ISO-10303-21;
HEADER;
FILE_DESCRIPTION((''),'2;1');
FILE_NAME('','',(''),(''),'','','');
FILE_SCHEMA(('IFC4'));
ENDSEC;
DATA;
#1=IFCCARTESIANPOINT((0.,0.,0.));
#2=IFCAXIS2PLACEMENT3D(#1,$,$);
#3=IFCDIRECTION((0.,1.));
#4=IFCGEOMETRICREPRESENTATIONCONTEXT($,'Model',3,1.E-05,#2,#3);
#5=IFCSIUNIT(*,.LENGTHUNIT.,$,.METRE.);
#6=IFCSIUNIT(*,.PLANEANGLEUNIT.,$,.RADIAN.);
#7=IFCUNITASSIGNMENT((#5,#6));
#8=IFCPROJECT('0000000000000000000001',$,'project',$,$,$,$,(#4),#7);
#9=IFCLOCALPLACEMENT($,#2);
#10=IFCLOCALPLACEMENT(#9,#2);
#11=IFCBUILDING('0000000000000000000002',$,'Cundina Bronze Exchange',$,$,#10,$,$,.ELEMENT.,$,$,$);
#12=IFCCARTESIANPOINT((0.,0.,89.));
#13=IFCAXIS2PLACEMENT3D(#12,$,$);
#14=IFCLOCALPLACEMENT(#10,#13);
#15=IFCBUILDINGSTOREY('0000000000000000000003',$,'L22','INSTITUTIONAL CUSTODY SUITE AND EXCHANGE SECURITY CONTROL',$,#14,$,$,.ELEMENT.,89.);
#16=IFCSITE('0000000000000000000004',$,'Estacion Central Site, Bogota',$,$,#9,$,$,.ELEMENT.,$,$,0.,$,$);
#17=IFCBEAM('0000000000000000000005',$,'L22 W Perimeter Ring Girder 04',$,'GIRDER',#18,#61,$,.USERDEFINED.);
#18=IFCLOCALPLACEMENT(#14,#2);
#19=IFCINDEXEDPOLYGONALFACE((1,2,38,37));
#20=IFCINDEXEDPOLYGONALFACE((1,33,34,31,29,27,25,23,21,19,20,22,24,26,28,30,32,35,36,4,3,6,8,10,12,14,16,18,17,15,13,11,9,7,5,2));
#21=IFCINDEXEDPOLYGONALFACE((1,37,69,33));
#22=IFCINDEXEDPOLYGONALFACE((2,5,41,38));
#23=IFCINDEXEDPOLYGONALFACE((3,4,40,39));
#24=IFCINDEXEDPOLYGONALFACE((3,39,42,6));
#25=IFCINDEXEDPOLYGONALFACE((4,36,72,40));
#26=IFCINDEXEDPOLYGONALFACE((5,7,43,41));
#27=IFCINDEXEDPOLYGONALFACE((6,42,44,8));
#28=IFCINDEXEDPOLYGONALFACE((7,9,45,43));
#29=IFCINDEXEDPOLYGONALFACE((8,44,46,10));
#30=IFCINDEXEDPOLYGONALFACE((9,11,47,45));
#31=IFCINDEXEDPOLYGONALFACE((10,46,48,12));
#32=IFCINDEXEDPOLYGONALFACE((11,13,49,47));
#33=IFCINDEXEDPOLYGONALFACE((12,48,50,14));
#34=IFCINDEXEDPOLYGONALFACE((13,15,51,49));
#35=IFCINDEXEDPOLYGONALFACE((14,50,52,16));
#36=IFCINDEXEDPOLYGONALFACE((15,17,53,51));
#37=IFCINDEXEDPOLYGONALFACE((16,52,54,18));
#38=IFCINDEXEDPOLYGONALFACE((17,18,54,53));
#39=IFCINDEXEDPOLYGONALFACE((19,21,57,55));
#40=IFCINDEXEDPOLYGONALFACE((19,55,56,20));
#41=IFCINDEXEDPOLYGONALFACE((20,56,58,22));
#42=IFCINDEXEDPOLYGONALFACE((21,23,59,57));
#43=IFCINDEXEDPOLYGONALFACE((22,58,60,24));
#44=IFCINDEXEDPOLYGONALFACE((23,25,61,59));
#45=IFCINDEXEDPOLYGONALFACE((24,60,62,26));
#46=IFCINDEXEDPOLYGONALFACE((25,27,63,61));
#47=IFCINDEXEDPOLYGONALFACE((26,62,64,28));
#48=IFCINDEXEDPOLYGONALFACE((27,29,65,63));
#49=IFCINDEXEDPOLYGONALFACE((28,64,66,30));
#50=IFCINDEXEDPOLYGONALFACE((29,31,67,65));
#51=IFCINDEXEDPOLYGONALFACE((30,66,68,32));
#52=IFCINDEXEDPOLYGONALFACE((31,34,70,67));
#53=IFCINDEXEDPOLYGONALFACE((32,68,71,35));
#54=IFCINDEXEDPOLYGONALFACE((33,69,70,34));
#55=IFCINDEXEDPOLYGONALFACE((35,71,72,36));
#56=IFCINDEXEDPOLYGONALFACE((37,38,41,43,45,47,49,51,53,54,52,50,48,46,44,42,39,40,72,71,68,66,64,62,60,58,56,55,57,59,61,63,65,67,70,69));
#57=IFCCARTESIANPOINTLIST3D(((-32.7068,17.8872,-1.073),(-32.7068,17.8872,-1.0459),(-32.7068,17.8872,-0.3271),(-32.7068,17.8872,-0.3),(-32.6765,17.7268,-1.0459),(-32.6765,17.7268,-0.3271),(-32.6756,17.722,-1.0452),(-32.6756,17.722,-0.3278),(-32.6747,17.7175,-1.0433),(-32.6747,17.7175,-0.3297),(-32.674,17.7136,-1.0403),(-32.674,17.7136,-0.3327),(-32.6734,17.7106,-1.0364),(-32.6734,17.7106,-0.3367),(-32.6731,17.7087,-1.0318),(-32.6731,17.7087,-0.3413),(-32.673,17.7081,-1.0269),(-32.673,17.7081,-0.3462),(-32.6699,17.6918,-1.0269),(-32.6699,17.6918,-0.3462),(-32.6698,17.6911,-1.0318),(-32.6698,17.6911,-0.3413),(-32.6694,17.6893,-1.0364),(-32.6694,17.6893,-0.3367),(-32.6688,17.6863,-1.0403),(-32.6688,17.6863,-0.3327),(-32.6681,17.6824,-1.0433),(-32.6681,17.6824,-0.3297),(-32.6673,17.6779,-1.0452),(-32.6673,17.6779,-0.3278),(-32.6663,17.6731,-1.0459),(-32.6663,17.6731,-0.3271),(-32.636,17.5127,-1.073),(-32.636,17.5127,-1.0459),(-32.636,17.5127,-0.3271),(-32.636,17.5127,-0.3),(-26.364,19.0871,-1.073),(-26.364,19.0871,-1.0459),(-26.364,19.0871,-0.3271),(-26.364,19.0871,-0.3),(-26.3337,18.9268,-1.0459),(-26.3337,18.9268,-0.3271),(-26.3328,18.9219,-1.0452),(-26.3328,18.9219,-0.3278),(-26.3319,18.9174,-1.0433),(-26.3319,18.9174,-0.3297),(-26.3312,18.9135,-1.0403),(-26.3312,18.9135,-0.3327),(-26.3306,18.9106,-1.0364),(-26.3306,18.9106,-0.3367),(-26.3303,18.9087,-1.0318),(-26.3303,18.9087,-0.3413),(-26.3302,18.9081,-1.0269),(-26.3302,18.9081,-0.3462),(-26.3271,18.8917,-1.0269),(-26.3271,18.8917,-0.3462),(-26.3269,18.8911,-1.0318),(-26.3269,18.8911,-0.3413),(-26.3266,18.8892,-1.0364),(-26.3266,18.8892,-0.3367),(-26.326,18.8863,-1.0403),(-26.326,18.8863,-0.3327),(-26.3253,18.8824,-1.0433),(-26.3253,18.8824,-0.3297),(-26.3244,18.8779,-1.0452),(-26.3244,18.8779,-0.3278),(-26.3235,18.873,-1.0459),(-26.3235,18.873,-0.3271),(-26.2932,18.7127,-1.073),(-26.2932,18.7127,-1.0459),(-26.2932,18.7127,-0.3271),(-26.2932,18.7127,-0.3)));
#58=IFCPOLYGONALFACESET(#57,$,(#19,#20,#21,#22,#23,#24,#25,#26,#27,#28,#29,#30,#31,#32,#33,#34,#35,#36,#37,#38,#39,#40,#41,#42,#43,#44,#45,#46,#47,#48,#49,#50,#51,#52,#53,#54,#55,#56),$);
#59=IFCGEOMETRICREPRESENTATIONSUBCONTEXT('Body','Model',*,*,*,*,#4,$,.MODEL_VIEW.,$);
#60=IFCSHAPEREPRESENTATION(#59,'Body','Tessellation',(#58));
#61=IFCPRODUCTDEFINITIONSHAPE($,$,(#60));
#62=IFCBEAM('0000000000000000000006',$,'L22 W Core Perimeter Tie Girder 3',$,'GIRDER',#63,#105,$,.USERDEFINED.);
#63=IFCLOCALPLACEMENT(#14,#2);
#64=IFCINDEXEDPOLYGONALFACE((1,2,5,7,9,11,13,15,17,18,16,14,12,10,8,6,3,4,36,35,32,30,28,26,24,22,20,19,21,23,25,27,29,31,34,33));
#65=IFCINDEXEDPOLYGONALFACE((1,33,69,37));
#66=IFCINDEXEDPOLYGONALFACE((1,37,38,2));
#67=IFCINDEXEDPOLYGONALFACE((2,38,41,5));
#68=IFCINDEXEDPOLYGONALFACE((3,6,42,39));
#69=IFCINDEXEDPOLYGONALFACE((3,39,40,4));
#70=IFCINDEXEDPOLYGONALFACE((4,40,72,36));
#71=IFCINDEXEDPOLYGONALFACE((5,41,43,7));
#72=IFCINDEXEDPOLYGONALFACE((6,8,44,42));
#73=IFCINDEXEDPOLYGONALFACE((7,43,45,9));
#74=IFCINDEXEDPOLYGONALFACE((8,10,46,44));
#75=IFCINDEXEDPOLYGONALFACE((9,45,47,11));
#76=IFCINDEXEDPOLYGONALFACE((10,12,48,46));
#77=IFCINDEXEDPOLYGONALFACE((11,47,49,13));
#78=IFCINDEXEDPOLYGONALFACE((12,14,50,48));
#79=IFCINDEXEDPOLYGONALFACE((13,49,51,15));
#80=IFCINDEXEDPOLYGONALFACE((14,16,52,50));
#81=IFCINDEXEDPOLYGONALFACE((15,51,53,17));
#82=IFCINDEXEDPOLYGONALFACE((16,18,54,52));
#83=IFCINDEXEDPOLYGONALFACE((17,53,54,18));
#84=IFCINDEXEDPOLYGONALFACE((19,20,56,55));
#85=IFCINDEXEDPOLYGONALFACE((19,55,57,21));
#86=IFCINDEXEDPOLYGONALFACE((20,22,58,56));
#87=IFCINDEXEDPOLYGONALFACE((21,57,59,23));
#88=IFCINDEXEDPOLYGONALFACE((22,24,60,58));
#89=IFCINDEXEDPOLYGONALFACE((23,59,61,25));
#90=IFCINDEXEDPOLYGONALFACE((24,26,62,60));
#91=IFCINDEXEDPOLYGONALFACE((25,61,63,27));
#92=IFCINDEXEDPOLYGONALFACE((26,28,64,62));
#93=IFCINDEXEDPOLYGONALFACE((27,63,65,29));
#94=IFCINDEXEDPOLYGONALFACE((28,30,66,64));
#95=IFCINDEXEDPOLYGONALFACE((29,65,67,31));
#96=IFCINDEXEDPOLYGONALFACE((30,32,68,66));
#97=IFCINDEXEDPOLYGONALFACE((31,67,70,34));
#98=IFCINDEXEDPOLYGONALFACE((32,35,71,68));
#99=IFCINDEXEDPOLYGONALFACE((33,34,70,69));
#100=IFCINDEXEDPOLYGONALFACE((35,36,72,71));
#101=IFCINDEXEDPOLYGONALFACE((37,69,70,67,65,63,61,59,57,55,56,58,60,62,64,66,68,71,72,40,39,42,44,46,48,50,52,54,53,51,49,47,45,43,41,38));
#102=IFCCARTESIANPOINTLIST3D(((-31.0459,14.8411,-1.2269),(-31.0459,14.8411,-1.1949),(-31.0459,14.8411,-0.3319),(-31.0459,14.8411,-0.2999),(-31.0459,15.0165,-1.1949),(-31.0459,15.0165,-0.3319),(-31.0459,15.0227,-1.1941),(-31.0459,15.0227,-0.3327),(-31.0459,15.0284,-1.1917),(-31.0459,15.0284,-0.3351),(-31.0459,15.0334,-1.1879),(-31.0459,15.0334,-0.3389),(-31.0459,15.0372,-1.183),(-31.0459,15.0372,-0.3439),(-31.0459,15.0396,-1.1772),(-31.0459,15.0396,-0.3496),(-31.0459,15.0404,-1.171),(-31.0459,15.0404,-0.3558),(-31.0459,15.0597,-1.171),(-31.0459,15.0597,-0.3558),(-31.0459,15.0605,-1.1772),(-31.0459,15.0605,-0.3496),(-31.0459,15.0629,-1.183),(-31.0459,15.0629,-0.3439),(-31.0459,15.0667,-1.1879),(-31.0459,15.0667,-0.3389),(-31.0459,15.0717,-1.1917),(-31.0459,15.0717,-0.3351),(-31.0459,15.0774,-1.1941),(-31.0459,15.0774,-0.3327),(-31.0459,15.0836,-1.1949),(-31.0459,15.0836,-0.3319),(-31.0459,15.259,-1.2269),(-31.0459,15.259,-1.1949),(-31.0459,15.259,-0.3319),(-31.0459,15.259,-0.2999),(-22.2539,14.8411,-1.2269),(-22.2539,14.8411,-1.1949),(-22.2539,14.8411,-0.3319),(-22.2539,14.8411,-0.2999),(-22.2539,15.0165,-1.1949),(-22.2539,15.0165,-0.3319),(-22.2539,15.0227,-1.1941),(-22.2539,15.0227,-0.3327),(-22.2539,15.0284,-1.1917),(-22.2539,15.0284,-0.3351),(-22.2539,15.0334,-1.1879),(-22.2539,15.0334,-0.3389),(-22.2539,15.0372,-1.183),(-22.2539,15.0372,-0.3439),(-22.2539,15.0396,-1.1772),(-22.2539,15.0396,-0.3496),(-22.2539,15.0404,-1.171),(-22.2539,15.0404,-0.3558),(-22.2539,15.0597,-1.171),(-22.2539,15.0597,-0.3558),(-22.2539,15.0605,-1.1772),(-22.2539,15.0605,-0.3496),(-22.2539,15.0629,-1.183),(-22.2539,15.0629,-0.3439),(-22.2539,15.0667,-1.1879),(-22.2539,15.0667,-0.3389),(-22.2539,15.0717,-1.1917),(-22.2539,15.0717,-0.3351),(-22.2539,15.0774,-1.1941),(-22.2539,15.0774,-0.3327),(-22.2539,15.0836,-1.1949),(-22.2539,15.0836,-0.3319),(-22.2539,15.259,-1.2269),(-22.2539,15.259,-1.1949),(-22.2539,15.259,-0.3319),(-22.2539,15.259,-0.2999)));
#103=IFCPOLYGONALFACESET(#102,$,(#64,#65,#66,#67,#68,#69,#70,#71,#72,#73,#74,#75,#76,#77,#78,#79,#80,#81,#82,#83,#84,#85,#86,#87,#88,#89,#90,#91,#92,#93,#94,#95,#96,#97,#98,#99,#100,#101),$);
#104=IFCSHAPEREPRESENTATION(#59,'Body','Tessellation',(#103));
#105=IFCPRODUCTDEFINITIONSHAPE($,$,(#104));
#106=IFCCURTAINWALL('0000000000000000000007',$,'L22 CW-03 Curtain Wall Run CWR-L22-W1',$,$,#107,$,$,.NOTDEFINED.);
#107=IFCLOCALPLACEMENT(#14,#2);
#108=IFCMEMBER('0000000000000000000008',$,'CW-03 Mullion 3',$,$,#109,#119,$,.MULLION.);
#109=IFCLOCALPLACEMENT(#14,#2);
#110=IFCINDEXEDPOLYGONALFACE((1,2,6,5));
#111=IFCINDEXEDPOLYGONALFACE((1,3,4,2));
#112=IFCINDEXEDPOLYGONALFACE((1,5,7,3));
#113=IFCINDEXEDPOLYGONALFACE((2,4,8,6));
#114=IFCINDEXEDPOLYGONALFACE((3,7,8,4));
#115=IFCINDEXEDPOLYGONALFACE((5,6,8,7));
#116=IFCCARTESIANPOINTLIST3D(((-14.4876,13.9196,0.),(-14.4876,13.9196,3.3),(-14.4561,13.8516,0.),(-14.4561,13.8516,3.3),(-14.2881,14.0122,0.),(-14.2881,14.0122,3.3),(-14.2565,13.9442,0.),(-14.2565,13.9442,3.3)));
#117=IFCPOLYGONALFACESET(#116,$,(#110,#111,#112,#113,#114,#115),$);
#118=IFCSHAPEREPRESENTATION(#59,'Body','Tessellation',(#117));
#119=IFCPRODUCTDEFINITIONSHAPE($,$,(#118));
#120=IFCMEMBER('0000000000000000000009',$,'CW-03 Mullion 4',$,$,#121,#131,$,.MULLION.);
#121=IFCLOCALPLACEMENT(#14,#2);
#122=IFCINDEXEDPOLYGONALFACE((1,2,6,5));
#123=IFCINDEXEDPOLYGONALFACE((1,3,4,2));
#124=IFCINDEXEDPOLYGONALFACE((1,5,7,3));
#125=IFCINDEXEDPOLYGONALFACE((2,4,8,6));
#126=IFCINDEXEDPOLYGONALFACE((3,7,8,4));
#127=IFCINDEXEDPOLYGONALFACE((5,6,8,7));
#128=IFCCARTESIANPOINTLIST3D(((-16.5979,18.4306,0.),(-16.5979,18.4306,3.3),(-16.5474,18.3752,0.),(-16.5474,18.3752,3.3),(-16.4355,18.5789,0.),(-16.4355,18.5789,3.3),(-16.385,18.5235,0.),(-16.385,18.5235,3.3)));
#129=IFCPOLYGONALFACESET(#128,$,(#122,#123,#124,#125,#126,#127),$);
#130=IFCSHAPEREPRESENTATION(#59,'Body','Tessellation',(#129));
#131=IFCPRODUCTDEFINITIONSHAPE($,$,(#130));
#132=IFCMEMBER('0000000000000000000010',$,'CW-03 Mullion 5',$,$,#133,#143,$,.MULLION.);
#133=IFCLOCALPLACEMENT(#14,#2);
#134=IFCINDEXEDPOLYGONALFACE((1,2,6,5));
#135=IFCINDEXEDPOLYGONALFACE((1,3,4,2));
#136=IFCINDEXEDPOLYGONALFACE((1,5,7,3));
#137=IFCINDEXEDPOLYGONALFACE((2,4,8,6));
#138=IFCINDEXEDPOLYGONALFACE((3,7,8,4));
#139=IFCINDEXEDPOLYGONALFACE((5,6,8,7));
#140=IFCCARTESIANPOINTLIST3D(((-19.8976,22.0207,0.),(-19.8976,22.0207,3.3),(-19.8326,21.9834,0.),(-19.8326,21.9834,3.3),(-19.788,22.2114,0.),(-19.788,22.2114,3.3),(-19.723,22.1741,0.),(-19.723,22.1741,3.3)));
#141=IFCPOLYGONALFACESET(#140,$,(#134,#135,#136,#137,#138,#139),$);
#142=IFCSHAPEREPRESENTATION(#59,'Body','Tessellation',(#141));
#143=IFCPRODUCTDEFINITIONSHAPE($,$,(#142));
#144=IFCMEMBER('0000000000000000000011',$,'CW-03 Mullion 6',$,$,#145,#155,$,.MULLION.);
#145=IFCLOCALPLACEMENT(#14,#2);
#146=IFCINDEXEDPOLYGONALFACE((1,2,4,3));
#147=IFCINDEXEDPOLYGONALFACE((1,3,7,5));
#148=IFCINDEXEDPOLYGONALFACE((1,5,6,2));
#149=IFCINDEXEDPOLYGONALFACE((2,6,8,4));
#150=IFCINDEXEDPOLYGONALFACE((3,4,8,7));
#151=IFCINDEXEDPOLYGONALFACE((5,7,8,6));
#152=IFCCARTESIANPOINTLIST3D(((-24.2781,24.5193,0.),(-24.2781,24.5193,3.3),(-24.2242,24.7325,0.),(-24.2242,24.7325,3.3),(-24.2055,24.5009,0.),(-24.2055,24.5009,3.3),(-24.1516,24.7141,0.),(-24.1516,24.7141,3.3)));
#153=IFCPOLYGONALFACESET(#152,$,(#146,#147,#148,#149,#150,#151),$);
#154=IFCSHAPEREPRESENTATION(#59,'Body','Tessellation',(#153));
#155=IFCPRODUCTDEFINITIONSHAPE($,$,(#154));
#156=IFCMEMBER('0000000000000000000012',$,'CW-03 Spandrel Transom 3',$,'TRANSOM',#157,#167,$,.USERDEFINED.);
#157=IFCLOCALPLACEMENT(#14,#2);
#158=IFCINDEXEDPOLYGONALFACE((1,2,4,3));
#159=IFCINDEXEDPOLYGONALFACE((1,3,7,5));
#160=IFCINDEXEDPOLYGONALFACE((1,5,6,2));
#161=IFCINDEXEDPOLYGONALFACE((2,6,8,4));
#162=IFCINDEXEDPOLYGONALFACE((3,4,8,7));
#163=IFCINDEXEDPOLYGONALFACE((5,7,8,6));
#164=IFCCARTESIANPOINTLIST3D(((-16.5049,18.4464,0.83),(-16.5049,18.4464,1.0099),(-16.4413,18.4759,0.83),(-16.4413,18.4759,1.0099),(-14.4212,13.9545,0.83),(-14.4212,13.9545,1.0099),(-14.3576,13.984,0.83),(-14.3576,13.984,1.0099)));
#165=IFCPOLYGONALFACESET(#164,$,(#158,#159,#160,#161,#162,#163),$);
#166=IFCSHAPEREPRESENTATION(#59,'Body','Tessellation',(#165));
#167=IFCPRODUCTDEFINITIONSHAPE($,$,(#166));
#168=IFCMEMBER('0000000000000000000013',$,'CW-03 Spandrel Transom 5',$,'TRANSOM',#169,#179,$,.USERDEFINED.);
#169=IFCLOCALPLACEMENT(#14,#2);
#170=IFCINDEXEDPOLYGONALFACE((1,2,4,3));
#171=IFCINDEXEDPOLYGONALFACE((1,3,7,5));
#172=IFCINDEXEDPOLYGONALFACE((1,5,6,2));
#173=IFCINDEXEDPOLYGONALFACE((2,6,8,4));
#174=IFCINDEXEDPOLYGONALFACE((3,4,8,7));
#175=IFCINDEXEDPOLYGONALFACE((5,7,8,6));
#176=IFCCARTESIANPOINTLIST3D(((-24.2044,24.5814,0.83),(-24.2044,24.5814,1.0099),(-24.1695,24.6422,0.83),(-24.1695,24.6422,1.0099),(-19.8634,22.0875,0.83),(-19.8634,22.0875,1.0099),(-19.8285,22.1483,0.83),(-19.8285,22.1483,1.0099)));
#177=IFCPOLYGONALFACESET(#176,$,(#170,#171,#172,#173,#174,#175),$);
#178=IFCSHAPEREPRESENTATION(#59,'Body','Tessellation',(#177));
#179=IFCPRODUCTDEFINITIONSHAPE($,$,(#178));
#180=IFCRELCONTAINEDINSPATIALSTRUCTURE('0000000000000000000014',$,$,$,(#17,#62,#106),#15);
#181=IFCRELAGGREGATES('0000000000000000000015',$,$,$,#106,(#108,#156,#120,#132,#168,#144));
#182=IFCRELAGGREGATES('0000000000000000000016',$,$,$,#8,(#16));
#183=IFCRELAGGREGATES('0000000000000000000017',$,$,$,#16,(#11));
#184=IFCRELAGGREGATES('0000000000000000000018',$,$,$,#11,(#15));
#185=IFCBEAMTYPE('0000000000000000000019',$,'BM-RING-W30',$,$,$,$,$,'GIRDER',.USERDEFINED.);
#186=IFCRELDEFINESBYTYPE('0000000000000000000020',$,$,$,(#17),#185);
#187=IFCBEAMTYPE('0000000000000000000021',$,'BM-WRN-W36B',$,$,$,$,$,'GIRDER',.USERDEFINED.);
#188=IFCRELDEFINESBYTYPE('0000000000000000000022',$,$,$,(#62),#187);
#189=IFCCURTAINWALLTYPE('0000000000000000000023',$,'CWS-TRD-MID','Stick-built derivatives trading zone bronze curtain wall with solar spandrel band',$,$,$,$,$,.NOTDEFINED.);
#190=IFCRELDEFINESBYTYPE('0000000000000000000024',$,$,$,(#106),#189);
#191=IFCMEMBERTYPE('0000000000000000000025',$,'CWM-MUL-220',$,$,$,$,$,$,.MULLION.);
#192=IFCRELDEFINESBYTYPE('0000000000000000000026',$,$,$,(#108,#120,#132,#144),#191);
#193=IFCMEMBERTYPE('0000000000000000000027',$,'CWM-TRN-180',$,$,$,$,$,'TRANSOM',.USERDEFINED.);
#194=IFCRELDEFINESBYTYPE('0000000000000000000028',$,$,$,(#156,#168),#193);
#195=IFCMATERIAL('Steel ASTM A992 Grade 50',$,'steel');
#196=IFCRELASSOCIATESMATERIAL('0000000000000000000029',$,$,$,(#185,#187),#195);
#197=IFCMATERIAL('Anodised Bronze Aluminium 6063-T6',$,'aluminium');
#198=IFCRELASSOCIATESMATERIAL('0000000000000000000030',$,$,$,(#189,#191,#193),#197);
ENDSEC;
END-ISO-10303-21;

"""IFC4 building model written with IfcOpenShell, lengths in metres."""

from ifc_helpers import new_model, si_unit, direction, frame, origin, origin_2d, place, context, subcontext, project, spatial, rectangle, i_section, extrude, material, material_profile, profile_set, type_object, element, aggregate, save


model = new_model("IFC4")

# Units and contexts
model_context = context("Model", 3, precision=1e-05, world=origin(), true_north=direction((0.0, 1.0)))
body_context = subcontext(model_context, "Body", "Model", "MODEL_VIEW")
ifc_project = project(units=[si_unit("LENGTHUNIT", "METRE"), si_unit("PLANEANGLEUNIT", "RADIAN")], contexts=[model_context])

# Site, building, storey
site_placement = place(None, origin())
site = spatial("IfcSite", under=ifc_project, at=site_placement, Name="Estacion Central Site, Bogota", CompositionType="ELEMENT", RefElevation=0.0)
building_placement = place(site_placement, origin())
building = spatial("IfcBuilding", under=site, at=building_placement, Name="Cundina Bronze Exchange", CompositionType="ELEMENT")
storey_placement = place(building_placement, frame((0.0, 0.0, 89.0)))
storey = spatial("IfcBuildingStorey", under=building, at=storey_placement, Name="L22", Description="INSTITUTIONAL CUSTODY SUITE AND EXCHANGE SECURITY CONTROL", CompositionType="ELEMENT", Elevation=89.0)

# Shared definitions
ifc_material_1 = material(Name="Steel ASTM A992 Grade 50", Category="steel")

# Beams
ifc_material_profile_1 = material_profile(ifc_material_1, i_section(OverallWidth=0.3811, OverallDepth=0.7729, WebThickness=0.0166, FlangeThickness=0.0271, FilletRadius=0.019, at=origin_2d()), Name="W30X173", Category="steel")
ifc_profile_set_1 = profile_set([ifc_material_profile_1], Name="Steel ASTM A992 Grade 50")
beam_type_1 = type_object("IfcBeamType", Name="BM-RING-W30", ElementType="GIRDER", PredefinedType="USERDEFINED", material=ifc_profile_set_1)
beam_1_placement = place(storey_placement, frame((-26.3286, 18.8999, -0.6865), z_axis=(-0.982571, -0.185887, 0.0), x_axis=(0.185887, -0.982571, 0.0)))
element("IfcBeam", 1, at=beam_1_placement, inside=storey, type_object=beam_type_1, Name="L22 W Perimeter Ring Girder 04", ObjectType="GIRDER", PredefinedType="USERDEFINED", context=body_context, shape_type="SweptSolid", body=[
    extrude(i_section(OverallWidth=0.3811, OverallDepth=0.7729, WebThickness=0.0166, FlangeThickness=0.0271, FilletRadius=0.019, at=origin_2d()), origin(), (0.0, 0.0, 1.0), 6.4553),
])
ifc_material_profile_2 = material_profile(ifc_material_1, i_section(OverallWidth=0.418, OverallDepth=0.927, WebThickness=0.0193, FlangeThickness=0.032, FilletRadius=0.0239, at=origin_2d()), Name="W36X231", Category="steel")
ifc_profile_set_2 = profile_set([ifc_material_profile_2], Name="Steel ASTM A992 Grade 50")
beam_type_2 = type_object("IfcBeamType", Name="BM-WRN-W36B", ElementType="GIRDER", PredefinedType="USERDEFINED", material=ifc_profile_set_2)
beam_2_placement = place(storey_placement, frame((-22.2539, 15.05, -0.7634), z_axis=(-1.0, 0.0, 0.0), x_axis=(0.0, -1.0, 0.0)))
element("IfcBeam", 2, at=beam_2_placement, inside=storey, type_object=beam_type_2, Name="L22 W Core Perimeter Tie Girder 3", ObjectType="GIRDER", PredefinedType="USERDEFINED", context=body_context, shape_type="SweptSolid", body=[
    extrude(i_section(OverallWidth=0.418, OverallDepth=0.927, WebThickness=0.0193, FlangeThickness=0.032, FilletRadius=0.0239, at=origin_2d()), origin(), (0.0, 0.0, 1.0), 8.792),
])

# Curtain wall, members
ifc_material_2 = material(Name="Anodised Bronze Aluminium 6063-T6", Category="aluminium")
curtain_wall_type = type_object("IfcCurtainWallType", Name="CWS-TRD-MID", Description="Stick-built derivatives trading zone bronze curtain wall with solar spandrel band", PredefinedType="NOTDEFINED", material=ifc_material_2)
curtain_wall_placement = place(storey_placement, origin())
curtain_wall = element("IfcCurtainWall", 3, at=curtain_wall_placement, inside=storey, type_object=curtain_wall_type, Name="L22 CW-03 Curtain Wall Run CWR-L22-W1", PredefinedType="NOTDEFINED")
ifc_material_profile_3 = material_profile(ifc_material_2, rectangle(XDim=0.075, YDim=0.22, at=origin_2d()), Name="AL75X220", Category="aluminium")
ifc_profile_set_3 = profile_set([ifc_material_profile_3], Name="Anodised Bronze Aluminium 6063-T6")
member_type_1 = type_object("IfcMemberType", Name="CWM-MUL-220", PredefinedType="MULLION", material=ifc_profile_set_3)
member_1_placement = place(storey_placement, frame((-14.3721, 13.9319, 0.0), z_axis=(0.0, 0.0, 1.0), x_axis=(-0.420877, 0.907117, 0.0)))
member_1 = element("IfcMember", 4, at=member_1_placement, type_object=member_type_1, Name="CW-03 Mullion 3", PredefinedType="MULLION", context=body_context, shape_type="SweptSolid", body=[
    extrude(rectangle(XDim=0.075, YDim=0.22, at=origin_2d()), origin(), (0.0, 0.0, 1.0), 3.3),
])
member_2_placement = place(storey_placement, frame((-16.4915, 18.4771, 0.0), z_axis=(0.0, 0.0, 1.0), x_axis=(-0.674302, 0.738455, 0.0)))
member_2 = element("IfcMember", 5, at=member_2_placement, type_object=member_type_1, Name="CW-03 Mullion 4", PredefinedType="MULLION", context=body_context, shape_type="SweptSolid", body=[
    extrude(rectangle(XDim=0.075, YDim=0.22, at=origin_2d()), origin(), (0.0, 0.0, 1.0), 3.3),
])
member_3_placement = place(storey_placement, frame((-19.8103, 22.0974, 0.0), z_axis=(0.0, 0.0, 1.0), x_axis=(-0.867071, 0.498185, 0.0)))
member_3 = element("IfcMember", 6, at=member_3_placement, type_object=member_type_1, Name="CW-03 Mullion 5", PredefinedType="MULLION", context=body_context, shape_type="SweptSolid", body=[
    extrude(rectangle(XDim=0.075, YDim=0.22, at=origin_2d()), origin(), (0.0, 0.0, 1.0), 3.3),
])
member_4_placement = place(storey_placement, frame((-24.2148, 24.6167, 0.0), z_axis=(0.0, 0.0, 1.0), x_axis=(-0.969488, 0.245138, 0.0)))
member_4 = element("IfcMember", 7, at=member_4_placement, type_object=member_type_1, Name="CW-03 Mullion 6", PredefinedType="MULLION", context=body_context, shape_type="SweptSolid", body=[
    extrude(rectangle(XDim=0.075, YDim=0.22, at=origin_2d()), origin(), (0.0, 0.0, 1.0), 3.3),
])
ifc_material_profile_4 = material_profile(ifc_material_2, rectangle(XDim=0.0701, YDim=0.1799, at=origin_2d()), Name="AL70X180", Category="aluminium")
ifc_profile_set_4 = profile_set([ifc_material_profile_4], Name="Anodised Bronze Aluminium 6063-T6")
member_type_2 = type_object("IfcMemberType", Name="CWM-TRN-180", ElementType="TRANSOM", PredefinedType="USERDEFINED", material=ifc_profile_set_4)
member_5_placement = place(storey_placement, frame((-14.3894, 13.9692, 0.9199), z_axis=(-0.420811, 0.907148, 0.0), x_axis=(-0.907148, -0.420811, 0.0)))
member_5 = element("IfcMember", 8, at=member_5_placement, type_object=member_type_2, Name="CW-03 Spandrel Transom 3", ObjectType="TRANSOM", PredefinedType="USERDEFINED", context=body_context, shape_type="SweptSolid", body=[
    extrude(rectangle(XDim=0.0701, YDim=0.1799, at=origin_2d()), origin(), (0.0, 0.0, 1.0), 4.9517),
])
member_6_placement = place(storey_placement, frame((-19.8459, 22.1179, 0.9199), z_axis=(-0.867097, 0.498139, 0.0), x_axis=(-0.498139, -0.867097, 0.0)))
member_6 = element("IfcMember", 9, at=member_6_placement, type_object=member_type_2, Name="CW-03 Spandrel Transom 5", ObjectType="TRANSOM", PredefinedType="USERDEFINED", context=body_context, shape_type="SweptSolid", body=[
    extrude(rectangle(XDim=0.0701, YDim=0.1799, at=origin_2d()), origin(), (0.0, 0.0, 1.0), 5.0063),
])
aggregate(curtain_wall, [member_1, member_5, member_2, member_3, member_6, member_4])

save(model, "model.ifc")
